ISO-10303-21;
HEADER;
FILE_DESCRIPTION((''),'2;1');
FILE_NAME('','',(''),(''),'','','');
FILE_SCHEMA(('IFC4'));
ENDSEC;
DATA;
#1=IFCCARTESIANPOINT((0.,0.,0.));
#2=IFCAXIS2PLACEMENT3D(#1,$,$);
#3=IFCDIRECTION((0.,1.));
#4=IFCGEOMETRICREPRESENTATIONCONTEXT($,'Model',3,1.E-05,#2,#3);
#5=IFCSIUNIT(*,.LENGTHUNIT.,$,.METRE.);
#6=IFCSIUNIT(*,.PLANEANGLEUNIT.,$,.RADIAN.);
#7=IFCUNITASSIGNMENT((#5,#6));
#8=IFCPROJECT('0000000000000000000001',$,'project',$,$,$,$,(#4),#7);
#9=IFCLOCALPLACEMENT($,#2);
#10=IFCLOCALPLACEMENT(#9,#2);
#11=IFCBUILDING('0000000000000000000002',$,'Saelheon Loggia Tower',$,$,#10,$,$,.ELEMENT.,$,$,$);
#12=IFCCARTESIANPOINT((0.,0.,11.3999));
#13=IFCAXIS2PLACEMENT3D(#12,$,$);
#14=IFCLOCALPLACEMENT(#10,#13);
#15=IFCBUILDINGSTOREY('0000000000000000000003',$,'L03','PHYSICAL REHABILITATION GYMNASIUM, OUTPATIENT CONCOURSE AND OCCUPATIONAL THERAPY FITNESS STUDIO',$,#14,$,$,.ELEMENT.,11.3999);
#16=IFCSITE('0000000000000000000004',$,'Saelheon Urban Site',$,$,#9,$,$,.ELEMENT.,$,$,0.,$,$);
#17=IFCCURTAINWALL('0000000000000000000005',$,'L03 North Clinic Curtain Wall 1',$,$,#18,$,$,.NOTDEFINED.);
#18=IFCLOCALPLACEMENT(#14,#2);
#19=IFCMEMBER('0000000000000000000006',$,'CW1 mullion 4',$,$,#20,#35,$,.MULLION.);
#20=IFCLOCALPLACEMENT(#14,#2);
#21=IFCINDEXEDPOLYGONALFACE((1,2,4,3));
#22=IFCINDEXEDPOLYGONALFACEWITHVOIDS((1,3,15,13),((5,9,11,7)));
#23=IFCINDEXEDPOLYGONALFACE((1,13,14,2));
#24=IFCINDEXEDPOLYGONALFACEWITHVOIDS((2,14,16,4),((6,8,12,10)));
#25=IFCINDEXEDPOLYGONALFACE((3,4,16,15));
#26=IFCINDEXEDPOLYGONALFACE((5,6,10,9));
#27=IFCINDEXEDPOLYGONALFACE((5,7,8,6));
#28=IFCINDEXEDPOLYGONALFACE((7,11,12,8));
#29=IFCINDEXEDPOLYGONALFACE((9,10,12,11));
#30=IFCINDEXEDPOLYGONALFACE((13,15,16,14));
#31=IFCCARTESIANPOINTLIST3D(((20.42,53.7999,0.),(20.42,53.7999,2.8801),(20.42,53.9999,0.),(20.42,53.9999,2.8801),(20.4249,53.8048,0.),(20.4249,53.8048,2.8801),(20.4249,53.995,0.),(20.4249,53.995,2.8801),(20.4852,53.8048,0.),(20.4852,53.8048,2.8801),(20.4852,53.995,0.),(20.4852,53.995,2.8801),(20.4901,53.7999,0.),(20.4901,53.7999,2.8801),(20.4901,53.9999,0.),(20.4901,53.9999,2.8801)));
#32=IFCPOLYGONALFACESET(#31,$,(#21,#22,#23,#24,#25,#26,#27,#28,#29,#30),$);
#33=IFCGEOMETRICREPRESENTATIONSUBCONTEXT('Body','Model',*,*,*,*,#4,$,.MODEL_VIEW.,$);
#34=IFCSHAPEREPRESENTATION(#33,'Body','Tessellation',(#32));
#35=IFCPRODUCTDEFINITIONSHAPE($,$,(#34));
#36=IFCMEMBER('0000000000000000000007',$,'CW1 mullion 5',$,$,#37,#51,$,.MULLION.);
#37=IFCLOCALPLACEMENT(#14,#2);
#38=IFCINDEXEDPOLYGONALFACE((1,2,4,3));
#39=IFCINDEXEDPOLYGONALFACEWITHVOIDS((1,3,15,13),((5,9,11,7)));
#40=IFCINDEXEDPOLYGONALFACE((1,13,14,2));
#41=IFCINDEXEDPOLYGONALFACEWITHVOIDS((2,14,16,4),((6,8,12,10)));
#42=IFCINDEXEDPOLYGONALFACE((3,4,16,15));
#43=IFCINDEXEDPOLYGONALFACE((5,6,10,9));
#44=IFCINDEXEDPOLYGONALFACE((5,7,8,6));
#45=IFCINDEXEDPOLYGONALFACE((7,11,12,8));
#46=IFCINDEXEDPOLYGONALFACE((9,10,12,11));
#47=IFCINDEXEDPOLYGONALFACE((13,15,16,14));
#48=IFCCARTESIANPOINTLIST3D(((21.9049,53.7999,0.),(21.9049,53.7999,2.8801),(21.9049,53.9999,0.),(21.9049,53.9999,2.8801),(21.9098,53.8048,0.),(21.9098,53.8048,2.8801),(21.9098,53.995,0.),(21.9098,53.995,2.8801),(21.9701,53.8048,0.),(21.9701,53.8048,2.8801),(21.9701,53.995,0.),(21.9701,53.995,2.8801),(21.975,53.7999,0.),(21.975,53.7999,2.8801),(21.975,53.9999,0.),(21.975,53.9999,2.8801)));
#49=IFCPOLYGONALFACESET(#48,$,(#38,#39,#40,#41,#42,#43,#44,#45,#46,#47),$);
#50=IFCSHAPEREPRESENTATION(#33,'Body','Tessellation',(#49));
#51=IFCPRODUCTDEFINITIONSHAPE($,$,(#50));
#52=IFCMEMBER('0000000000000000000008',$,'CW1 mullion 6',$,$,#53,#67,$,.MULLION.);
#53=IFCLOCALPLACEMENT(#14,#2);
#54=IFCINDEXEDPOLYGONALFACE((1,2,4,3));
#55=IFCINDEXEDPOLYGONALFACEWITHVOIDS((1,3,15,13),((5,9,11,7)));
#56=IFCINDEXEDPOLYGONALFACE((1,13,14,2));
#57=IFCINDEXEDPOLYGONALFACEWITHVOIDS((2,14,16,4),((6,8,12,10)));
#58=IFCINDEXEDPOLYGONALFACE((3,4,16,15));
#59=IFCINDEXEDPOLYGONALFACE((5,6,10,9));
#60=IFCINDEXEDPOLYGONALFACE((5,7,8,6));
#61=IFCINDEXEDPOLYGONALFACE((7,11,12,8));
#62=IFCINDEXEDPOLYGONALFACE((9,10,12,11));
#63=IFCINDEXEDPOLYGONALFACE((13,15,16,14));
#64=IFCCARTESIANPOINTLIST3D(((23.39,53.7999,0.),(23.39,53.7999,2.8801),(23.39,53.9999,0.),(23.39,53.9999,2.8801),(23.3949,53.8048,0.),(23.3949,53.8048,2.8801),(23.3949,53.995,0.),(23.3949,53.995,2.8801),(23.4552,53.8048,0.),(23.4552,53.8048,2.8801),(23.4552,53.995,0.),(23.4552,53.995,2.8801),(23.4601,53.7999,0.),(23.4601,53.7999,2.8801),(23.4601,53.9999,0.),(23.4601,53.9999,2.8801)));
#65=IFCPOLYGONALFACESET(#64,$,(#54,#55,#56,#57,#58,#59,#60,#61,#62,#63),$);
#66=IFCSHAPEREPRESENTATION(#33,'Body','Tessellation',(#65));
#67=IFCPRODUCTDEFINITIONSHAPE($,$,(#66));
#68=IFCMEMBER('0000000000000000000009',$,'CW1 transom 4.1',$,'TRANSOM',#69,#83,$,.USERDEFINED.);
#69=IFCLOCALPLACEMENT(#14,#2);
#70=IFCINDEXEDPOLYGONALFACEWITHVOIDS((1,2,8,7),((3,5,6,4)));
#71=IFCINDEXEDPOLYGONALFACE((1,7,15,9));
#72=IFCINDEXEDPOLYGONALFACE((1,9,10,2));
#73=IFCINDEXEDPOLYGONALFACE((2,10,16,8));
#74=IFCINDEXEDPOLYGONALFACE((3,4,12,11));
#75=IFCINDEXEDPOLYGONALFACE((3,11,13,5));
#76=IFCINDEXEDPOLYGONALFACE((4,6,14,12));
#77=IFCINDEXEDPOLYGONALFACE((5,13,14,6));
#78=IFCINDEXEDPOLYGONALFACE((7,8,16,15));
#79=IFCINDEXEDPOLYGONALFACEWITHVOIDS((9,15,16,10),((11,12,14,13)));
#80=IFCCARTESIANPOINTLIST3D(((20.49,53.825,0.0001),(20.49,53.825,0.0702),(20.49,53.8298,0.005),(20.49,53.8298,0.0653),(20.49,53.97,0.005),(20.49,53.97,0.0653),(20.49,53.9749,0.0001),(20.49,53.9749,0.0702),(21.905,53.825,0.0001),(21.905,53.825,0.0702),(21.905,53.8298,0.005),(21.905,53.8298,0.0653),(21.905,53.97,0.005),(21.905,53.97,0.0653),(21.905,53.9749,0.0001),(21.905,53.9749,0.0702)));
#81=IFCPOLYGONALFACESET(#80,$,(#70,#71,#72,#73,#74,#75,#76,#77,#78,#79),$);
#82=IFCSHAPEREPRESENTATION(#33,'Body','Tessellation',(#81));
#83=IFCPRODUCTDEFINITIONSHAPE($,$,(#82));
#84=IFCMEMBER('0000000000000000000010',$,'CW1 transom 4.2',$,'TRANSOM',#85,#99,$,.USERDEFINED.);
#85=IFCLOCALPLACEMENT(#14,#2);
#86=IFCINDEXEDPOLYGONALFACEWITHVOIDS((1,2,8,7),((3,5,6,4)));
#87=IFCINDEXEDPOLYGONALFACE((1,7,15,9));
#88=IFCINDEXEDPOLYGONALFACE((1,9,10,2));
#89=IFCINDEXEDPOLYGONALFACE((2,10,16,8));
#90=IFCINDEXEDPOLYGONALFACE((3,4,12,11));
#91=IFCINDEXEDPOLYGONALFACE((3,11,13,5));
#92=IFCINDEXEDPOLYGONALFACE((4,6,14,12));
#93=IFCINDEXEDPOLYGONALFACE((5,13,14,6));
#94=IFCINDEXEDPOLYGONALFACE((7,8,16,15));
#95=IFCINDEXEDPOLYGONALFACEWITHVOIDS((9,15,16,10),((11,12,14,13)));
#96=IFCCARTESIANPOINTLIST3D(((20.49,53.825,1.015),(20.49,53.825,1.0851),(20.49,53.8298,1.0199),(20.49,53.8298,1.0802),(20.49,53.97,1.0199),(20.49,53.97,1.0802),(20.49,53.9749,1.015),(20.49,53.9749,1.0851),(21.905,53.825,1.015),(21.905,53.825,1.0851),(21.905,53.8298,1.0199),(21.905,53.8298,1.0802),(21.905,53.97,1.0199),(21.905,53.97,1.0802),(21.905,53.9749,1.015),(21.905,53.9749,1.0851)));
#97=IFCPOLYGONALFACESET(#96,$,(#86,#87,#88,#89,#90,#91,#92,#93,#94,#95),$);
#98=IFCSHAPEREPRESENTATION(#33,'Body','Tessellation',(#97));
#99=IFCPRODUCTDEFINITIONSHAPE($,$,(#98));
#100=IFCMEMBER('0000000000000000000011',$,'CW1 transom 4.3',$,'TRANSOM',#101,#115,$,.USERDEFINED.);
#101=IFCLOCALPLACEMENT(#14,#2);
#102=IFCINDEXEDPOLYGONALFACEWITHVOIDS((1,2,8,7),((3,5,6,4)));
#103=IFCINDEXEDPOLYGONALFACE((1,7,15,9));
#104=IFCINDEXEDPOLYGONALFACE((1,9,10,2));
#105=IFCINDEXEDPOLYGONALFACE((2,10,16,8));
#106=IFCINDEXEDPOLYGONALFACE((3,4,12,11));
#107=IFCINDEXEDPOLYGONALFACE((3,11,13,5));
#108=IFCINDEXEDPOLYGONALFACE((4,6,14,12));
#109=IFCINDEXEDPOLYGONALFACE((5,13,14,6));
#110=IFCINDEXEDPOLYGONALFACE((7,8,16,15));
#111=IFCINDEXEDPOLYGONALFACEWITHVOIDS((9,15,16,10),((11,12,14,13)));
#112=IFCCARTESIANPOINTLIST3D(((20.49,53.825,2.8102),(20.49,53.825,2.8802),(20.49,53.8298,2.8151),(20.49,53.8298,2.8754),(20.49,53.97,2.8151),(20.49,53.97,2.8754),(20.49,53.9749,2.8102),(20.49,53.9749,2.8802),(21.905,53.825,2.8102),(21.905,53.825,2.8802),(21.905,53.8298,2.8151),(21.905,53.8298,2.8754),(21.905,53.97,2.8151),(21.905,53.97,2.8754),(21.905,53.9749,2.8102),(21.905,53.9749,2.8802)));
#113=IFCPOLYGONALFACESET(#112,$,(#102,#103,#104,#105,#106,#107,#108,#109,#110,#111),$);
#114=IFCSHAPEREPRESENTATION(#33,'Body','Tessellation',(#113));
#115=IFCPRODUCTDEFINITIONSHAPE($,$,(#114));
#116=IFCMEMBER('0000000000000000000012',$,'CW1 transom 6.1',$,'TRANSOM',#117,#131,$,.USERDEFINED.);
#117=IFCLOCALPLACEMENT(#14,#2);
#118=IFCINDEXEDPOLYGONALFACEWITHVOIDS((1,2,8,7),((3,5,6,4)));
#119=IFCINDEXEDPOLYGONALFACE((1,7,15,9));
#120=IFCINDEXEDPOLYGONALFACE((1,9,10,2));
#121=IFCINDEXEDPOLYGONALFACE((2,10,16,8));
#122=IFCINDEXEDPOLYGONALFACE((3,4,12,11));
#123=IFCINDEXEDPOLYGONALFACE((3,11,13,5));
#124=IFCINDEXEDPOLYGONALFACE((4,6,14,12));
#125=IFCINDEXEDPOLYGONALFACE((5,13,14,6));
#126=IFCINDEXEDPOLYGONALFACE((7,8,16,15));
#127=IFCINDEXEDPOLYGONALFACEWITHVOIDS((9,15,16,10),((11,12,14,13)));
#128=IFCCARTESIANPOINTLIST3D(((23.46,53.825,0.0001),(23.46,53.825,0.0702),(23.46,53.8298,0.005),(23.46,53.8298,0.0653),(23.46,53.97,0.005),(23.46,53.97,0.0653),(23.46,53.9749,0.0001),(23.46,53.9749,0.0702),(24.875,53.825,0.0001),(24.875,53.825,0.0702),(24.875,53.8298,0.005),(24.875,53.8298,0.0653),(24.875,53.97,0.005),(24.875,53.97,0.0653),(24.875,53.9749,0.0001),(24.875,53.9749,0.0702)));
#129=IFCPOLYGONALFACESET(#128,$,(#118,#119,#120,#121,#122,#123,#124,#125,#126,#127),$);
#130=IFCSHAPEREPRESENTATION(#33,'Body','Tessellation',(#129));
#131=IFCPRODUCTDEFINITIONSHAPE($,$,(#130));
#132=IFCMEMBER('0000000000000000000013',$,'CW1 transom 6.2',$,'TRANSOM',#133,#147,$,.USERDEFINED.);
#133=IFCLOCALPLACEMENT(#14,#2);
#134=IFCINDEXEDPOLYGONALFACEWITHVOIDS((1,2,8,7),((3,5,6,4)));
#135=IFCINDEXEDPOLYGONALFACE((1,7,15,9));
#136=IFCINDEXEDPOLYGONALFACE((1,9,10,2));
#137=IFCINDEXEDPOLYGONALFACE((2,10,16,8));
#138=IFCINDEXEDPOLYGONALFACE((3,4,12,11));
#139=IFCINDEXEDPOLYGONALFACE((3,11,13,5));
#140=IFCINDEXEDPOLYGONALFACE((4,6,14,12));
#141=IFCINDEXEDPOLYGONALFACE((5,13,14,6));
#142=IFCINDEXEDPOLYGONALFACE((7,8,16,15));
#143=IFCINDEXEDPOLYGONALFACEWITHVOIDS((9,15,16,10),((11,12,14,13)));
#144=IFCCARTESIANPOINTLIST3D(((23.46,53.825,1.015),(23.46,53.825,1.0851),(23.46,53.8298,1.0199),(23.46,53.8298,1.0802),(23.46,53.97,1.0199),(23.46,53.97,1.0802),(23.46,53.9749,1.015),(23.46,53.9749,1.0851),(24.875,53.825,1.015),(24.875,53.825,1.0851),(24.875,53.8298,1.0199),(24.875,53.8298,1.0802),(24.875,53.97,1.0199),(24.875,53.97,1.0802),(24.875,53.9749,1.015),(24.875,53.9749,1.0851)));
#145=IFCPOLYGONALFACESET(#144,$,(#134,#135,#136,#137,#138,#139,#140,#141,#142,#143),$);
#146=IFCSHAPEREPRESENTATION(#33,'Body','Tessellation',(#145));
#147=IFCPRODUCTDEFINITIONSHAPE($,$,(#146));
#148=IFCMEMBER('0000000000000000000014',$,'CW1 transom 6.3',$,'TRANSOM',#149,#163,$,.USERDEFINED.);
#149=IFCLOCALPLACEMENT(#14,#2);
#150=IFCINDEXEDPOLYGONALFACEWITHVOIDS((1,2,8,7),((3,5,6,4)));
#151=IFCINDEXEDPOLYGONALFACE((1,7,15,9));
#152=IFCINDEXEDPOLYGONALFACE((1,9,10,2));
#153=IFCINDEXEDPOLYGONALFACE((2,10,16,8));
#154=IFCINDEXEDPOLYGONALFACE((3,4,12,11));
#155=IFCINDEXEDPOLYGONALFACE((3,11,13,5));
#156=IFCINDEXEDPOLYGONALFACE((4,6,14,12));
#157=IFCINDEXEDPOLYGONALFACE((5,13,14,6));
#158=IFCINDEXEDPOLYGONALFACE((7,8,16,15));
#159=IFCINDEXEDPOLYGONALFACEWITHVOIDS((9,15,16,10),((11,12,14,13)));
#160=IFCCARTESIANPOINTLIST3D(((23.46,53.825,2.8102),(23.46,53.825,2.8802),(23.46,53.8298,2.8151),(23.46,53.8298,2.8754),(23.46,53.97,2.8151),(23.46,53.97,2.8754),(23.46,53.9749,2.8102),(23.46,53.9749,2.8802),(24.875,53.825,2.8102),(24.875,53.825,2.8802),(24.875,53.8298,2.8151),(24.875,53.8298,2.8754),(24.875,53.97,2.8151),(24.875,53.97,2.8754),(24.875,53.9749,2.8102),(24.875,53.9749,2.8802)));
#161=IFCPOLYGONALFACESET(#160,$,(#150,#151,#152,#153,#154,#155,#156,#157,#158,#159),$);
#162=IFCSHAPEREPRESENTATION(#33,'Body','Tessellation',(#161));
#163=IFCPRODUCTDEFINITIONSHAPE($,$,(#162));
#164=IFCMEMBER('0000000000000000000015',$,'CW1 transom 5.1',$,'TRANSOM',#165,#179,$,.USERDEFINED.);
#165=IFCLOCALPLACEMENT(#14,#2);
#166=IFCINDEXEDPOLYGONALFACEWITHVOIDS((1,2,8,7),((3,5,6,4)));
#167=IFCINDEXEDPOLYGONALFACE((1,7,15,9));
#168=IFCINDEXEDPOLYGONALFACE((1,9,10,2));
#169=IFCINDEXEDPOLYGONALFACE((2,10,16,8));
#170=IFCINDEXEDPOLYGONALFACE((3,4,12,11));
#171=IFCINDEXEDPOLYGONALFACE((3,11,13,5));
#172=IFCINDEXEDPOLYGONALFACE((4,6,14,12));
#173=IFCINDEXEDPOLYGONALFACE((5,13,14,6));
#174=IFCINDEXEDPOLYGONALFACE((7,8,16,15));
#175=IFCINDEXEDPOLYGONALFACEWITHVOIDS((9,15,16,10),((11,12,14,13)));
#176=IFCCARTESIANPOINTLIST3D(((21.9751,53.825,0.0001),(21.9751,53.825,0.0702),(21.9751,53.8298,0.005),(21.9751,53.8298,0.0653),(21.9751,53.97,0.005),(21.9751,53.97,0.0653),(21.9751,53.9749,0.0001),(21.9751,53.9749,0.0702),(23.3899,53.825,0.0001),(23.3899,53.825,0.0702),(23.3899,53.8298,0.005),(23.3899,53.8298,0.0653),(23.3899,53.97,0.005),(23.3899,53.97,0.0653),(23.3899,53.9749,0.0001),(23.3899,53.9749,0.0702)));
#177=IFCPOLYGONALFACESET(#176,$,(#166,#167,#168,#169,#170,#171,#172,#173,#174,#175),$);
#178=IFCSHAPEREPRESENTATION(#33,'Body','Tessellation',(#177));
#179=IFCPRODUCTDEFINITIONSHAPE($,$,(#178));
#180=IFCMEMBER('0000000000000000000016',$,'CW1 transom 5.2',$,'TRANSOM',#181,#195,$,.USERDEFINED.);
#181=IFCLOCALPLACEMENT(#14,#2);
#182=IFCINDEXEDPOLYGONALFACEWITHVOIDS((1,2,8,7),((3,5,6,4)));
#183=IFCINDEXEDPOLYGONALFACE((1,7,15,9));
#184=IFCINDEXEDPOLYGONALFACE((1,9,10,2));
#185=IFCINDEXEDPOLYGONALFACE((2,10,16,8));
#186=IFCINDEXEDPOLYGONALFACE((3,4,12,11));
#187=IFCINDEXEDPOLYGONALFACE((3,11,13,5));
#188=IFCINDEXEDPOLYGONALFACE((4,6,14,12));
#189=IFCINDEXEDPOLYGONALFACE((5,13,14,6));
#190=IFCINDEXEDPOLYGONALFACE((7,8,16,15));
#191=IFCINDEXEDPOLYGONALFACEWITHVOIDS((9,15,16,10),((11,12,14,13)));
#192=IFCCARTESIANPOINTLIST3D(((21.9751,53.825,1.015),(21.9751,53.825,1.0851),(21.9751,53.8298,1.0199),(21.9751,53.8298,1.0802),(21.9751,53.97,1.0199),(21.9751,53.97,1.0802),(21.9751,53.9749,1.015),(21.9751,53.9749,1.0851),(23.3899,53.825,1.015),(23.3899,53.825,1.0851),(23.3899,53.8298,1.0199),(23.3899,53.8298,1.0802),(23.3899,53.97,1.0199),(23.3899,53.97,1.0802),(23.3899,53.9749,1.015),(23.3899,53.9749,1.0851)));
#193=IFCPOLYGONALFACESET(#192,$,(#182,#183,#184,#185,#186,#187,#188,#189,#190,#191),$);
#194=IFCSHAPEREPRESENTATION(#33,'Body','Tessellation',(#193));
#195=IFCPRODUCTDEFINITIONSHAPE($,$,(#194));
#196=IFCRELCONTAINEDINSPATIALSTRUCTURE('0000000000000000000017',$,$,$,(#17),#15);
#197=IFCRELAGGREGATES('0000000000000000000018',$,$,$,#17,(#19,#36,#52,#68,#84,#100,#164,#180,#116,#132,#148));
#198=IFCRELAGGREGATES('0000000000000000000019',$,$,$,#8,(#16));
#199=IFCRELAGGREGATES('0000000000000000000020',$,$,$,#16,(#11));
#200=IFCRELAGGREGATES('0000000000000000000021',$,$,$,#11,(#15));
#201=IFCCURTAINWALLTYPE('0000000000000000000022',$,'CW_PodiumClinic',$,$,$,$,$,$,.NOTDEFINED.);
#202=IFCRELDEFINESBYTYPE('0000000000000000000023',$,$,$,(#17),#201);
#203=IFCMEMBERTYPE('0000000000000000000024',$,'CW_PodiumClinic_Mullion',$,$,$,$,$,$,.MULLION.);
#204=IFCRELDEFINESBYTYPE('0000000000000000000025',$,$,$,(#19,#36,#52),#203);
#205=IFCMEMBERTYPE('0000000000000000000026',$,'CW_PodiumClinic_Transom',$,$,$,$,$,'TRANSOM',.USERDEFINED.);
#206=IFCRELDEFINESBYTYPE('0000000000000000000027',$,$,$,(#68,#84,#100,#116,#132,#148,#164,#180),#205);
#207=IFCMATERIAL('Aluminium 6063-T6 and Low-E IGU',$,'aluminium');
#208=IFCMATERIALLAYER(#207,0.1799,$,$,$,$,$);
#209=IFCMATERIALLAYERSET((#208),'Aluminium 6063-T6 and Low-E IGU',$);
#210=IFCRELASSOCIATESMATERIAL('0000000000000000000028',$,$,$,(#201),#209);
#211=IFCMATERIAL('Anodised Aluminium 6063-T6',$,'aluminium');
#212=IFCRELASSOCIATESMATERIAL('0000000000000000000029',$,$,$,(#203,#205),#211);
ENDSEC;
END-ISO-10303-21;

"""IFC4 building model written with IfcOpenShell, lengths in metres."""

from ifc_helpers import new_model, si_unit, direction, frame, origin, origin_2d, place, context, subcontext, project, spatial, hollow_rectangle, extrude, source, transform, mapped, material, layer, layer_set, material_profile, profile_set, type_object, element, aggregate, save


model = new_model("IFC4")

# Units and contexts
model_context = context("Model", 3, precision=1e-05, world=origin(), true_north=direction((0.0, 1.0)))
body_context = subcontext(model_context, "Body", "Model", "MODEL_VIEW")
ifc_project = project(units=[si_unit("LENGTHUNIT", "METRE"), si_unit("PLANEANGLEUNIT", "RADIAN")], contexts=[model_context])

# Site, building, storey
site_placement = place(None, origin())
site = spatial("IfcSite", under=ifc_project, at=site_placement, Name="Saelheon Urban Site", CompositionType="ELEMENT", RefElevation=0.0)
building_placement = place(site_placement, origin())
building = spatial("IfcBuilding", under=site, at=building_placement, Name="Saelheon Loggia Tower", CompositionType="ELEMENT")
storey_placement = place(building_placement, frame((0.0, 0.0, 11.3999)))
storey = spatial("IfcBuildingStorey", under=building, at=storey_placement, Name="L03", Description="PHYSICAL REHABILITATION GYMNASIUM, OUTPATIENT CONCOURSE AND OCCUPATIONAL THERAPY FITNESS STUDIO", CompositionType="ELEMENT", Elevation=11.3999)

# Curtain wall, members
ifc_material_1 = material(Name="Aluminium 6063-T6 and Low-E IGU", Category="aluminium")
ifc_layer_1 = layer(ifc_material_1, 0.1799)
ifc_layer_set_1 = layer_set([ifc_layer_1], Name="Aluminium 6063-T6 and Low-E IGU")
curtain_wall_type = type_object("IfcCurtainWallType", Name="CW_PodiumClinic", PredefinedType="NOTDEFINED", material=ifc_layer_set_1)
curtain_wall_placement = place(storey_placement, origin())
curtain_wall = element("IfcCurtainWall", 1, at=curtain_wall_placement, inside=storey, type_object=curtain_wall_type, Name="L03 North Clinic Curtain Wall 1", PredefinedType="NOTDEFINED")
ifc_material_2 = material(Name="Anodised Aluminium 6063-T6", Category="aluminium")
ifc_material_profile_1 = material_profile(ifc_material_2, hollow_rectangle(XDim=0.0701, YDim=0.2, WallThickness=0.0049, at=origin_2d()), Name="RHS-200x70x5")
ifc_profile_set_1 = profile_set([ifc_material_profile_1], Name="Anodised Aluminium 6063-T6")
member_type_1 = type_object("IfcMemberType", Name="CW_PodiumClinic_Mullion", PredefinedType="MULLION", material=ifc_profile_set_1)
shared_shape_1 = source(origin(), body_context, "Body", "SweptSolid", [
    extrude(hollow_rectangle(XDim=0.0701, YDim=0.2, WallThickness=0.0049, at=origin_2d()), origin(), (0.0, 0.0, 1.0), 2.8801),
])
member_1_placement = place(storey_placement, frame((20.4551, 53.8999, 0.0), z_axis=(0.0, 0.0, 1.0), x_axis=(1.0, 0.0, 0.0)))
member_1 = element("IfcMember", 2, at=member_1_placement, type_object=member_type_1, Name="CW1 mullion 4", PredefinedType="MULLION", context=body_context, shape_type="MappedRepresentation", body=[
    mapped(shared_shape_1, transform((0.0, 0.0, 0.0), scale=1.0)),
])
member_2_placement = place(storey_placement, frame((21.9399, 53.8999, 0.0), z_axis=(0.0, 0.0, 1.0), x_axis=(1.0, 0.0, 0.0)))
member_2 = element("IfcMember", 3, at=member_2_placement, type_object=member_type_1, Name="CW1 mullion 5", PredefinedType="MULLION", context=body_context, shape_type="MappedRepresentation", body=[
    mapped(shared_shape_1, transform((0.0, 0.0, 0.0), scale=1.0)),
])
member_3_placement = place(storey_placement, frame((23.425, 53.8999, 0.0), z_axis=(0.0, 0.0, 1.0), x_axis=(1.0, 0.0, 0.0)))
member_3 = element("IfcMember", 4, at=member_3_placement, type_object=member_type_1, Name="CW1 mullion 6", PredefinedType="MULLION", context=body_context, shape_type="MappedRepresentation", body=[
    mapped(shared_shape_1, transform((0.0, 0.0, 0.0), scale=1.0)),
])
ifc_material_profile_2 = material_profile(ifc_material_2, hollow_rectangle(XDim=0.0701, YDim=0.1499, WallThickness=0.0049, at=origin_2d()), Name="RHS-150x70x5")
ifc_profile_set_2 = profile_set([ifc_material_profile_2], Name="Anodised Aluminium 6063-T6")
member_type_2 = type_object("IfcMemberType", Name="CW_PodiumClinic_Transom", ElementType="TRANSOM", PredefinedType="USERDEFINED", material=ifc_profile_set_2)
shared_shape_2 = source(origin(), body_context, "Body", "SweptSolid", [
    extrude(hollow_rectangle(XDim=0.0701, YDim=0.1499, WallThickness=0.0049, at=origin_2d()), origin(), (0.0, 0.0, 1.0), 1.415),
])
member_4_placement = place(storey_placement, frame((20.49, 53.8999, 0.0352), z_axis=(1.0, 0.0, 0.0), x_axis=(0.0, 0.0, 1.0)))
member_4 = element("IfcMember", 5, at=member_4_placement, type_object=member_type_2, Name="CW1 transom 4.1", ObjectType="TRANSOM", PredefinedType="USERDEFINED", context=body_context, shape_type="MappedRepresentation", body=[
    mapped(shared_shape_2, transform((0.0, 0.0, 0.0), scale=1.0)),
])
member_5_placement = place(storey_placement, frame((20.49, 53.8999, 1.05), z_axis=(1.0, 0.0, 0.0), x_axis=(0.0, 0.0, 1.0)))
member_5 = element("IfcMember", 6, at=member_5_placement, type_object=member_type_2, Name="CW1 transom 4.2", ObjectType="TRANSOM", PredefinedType="USERDEFINED", context=body_context, shape_type="MappedRepresentation", body=[
    mapped(shared_shape_2, transform((0.0, 0.0, 0.0), scale=1.0)),
])
member_6_placement = place(storey_placement, frame((20.49, 53.8999, 2.8452), z_axis=(1.0, 0.0, 0.0), x_axis=(0.0, 0.0, 1.0)))
member_6 = element("IfcMember", 7, at=member_6_placement, type_object=member_type_2, Name="CW1 transom 4.3", ObjectType="TRANSOM", PredefinedType="USERDEFINED", context=body_context, shape_type="MappedRepresentation", body=[
    mapped(shared_shape_2, transform((0.0, 0.0, 0.0), scale=1.0)),
])
member_7_placement = place(storey_placement, frame((23.46, 53.8999, 0.0352), z_axis=(1.0, 0.0, 0.0), x_axis=(0.0, 0.0, 1.0)))
member_7 = element("IfcMember", 8, at=member_7_placement, type_object=member_type_2, Name="CW1 transom 6.1", ObjectType="TRANSOM", PredefinedType="USERDEFINED", context=body_context, shape_type="MappedRepresentation", body=[
    mapped(shared_shape_2, transform((0.0, 0.0, 0.0), scale=1.0)),
])
member_8_placement = place(storey_placement, frame((23.46, 53.8999, 1.05), z_axis=(1.0, 0.0, 0.0), x_axis=(0.0, 0.0, 1.0)))
member_8 = element("IfcMember", 9, at=member_8_placement, type_object=member_type_2, Name="CW1 transom 6.2", ObjectType="TRANSOM", PredefinedType="USERDEFINED", context=body_context, shape_type="MappedRepresentation", body=[
    mapped(shared_shape_2, transform((0.0, 0.0, 0.0), scale=1.0)),
])
member_9_placement = place(storey_placement, frame((23.46, 53.8999, 2.8452), z_axis=(1.0, 0.0, 0.0), x_axis=(0.0, 0.0, 1.0)))
member_9 = element("IfcMember", 10, at=member_9_placement, type_object=member_type_2, Name="CW1 transom 6.3", ObjectType="TRANSOM", PredefinedType="USERDEFINED", context=body_context, shape_type="MappedRepresentation", body=[
    mapped(shared_shape_2, transform((0.0, 0.0, 0.0), scale=1.0)),
])
shared_shape_3 = source(origin(), body_context, "Body", "SweptSolid", [
    extrude(hollow_rectangle(XDim=0.0701, YDim=0.1499, WallThickness=0.0049, at=origin_2d()), origin(), (0.0, 0.0, 1.0), 1.4148),
])
member_10_placement = place(storey_placement, frame((21.9751, 53.8999, 0.0352), z_axis=(1.0, 0.0, 0.0), x_axis=(0.0, 0.0, 1.0)))
member_10 = element("IfcMember", 11, at=member_10_placement, type_object=member_type_2, Name="CW1 transom 5.1", ObjectType="TRANSOM", PredefinedType="USERDEFINED", context=body_context, shape_type="MappedRepresentation", body=[
    mapped(shared_shape_3, transform((0.0, 0.0, 0.0), scale=1.0)),
])
member_11_placement = place(storey_placement, frame((21.9751, 53.8999, 1.05), z_axis=(1.0, 0.0, 0.0), x_axis=(0.0, 0.0, 1.0)))
member_11 = element("IfcMember", 12, at=member_11_placement, type_object=member_type_2, Name="CW1 transom 5.2", ObjectType="TRANSOM", PredefinedType="USERDEFINED", context=body_context, shape_type="MappedRepresentation", body=[
    mapped(shared_shape_3, transform((0.0, 0.0, 0.0), scale=1.0)),
])
aggregate(curtain_wall, [member_1, member_2, member_3, member_4, member_5, member_6, member_10, member_11, member_7, member_8, member_9])

save(model, "model.ifc")
